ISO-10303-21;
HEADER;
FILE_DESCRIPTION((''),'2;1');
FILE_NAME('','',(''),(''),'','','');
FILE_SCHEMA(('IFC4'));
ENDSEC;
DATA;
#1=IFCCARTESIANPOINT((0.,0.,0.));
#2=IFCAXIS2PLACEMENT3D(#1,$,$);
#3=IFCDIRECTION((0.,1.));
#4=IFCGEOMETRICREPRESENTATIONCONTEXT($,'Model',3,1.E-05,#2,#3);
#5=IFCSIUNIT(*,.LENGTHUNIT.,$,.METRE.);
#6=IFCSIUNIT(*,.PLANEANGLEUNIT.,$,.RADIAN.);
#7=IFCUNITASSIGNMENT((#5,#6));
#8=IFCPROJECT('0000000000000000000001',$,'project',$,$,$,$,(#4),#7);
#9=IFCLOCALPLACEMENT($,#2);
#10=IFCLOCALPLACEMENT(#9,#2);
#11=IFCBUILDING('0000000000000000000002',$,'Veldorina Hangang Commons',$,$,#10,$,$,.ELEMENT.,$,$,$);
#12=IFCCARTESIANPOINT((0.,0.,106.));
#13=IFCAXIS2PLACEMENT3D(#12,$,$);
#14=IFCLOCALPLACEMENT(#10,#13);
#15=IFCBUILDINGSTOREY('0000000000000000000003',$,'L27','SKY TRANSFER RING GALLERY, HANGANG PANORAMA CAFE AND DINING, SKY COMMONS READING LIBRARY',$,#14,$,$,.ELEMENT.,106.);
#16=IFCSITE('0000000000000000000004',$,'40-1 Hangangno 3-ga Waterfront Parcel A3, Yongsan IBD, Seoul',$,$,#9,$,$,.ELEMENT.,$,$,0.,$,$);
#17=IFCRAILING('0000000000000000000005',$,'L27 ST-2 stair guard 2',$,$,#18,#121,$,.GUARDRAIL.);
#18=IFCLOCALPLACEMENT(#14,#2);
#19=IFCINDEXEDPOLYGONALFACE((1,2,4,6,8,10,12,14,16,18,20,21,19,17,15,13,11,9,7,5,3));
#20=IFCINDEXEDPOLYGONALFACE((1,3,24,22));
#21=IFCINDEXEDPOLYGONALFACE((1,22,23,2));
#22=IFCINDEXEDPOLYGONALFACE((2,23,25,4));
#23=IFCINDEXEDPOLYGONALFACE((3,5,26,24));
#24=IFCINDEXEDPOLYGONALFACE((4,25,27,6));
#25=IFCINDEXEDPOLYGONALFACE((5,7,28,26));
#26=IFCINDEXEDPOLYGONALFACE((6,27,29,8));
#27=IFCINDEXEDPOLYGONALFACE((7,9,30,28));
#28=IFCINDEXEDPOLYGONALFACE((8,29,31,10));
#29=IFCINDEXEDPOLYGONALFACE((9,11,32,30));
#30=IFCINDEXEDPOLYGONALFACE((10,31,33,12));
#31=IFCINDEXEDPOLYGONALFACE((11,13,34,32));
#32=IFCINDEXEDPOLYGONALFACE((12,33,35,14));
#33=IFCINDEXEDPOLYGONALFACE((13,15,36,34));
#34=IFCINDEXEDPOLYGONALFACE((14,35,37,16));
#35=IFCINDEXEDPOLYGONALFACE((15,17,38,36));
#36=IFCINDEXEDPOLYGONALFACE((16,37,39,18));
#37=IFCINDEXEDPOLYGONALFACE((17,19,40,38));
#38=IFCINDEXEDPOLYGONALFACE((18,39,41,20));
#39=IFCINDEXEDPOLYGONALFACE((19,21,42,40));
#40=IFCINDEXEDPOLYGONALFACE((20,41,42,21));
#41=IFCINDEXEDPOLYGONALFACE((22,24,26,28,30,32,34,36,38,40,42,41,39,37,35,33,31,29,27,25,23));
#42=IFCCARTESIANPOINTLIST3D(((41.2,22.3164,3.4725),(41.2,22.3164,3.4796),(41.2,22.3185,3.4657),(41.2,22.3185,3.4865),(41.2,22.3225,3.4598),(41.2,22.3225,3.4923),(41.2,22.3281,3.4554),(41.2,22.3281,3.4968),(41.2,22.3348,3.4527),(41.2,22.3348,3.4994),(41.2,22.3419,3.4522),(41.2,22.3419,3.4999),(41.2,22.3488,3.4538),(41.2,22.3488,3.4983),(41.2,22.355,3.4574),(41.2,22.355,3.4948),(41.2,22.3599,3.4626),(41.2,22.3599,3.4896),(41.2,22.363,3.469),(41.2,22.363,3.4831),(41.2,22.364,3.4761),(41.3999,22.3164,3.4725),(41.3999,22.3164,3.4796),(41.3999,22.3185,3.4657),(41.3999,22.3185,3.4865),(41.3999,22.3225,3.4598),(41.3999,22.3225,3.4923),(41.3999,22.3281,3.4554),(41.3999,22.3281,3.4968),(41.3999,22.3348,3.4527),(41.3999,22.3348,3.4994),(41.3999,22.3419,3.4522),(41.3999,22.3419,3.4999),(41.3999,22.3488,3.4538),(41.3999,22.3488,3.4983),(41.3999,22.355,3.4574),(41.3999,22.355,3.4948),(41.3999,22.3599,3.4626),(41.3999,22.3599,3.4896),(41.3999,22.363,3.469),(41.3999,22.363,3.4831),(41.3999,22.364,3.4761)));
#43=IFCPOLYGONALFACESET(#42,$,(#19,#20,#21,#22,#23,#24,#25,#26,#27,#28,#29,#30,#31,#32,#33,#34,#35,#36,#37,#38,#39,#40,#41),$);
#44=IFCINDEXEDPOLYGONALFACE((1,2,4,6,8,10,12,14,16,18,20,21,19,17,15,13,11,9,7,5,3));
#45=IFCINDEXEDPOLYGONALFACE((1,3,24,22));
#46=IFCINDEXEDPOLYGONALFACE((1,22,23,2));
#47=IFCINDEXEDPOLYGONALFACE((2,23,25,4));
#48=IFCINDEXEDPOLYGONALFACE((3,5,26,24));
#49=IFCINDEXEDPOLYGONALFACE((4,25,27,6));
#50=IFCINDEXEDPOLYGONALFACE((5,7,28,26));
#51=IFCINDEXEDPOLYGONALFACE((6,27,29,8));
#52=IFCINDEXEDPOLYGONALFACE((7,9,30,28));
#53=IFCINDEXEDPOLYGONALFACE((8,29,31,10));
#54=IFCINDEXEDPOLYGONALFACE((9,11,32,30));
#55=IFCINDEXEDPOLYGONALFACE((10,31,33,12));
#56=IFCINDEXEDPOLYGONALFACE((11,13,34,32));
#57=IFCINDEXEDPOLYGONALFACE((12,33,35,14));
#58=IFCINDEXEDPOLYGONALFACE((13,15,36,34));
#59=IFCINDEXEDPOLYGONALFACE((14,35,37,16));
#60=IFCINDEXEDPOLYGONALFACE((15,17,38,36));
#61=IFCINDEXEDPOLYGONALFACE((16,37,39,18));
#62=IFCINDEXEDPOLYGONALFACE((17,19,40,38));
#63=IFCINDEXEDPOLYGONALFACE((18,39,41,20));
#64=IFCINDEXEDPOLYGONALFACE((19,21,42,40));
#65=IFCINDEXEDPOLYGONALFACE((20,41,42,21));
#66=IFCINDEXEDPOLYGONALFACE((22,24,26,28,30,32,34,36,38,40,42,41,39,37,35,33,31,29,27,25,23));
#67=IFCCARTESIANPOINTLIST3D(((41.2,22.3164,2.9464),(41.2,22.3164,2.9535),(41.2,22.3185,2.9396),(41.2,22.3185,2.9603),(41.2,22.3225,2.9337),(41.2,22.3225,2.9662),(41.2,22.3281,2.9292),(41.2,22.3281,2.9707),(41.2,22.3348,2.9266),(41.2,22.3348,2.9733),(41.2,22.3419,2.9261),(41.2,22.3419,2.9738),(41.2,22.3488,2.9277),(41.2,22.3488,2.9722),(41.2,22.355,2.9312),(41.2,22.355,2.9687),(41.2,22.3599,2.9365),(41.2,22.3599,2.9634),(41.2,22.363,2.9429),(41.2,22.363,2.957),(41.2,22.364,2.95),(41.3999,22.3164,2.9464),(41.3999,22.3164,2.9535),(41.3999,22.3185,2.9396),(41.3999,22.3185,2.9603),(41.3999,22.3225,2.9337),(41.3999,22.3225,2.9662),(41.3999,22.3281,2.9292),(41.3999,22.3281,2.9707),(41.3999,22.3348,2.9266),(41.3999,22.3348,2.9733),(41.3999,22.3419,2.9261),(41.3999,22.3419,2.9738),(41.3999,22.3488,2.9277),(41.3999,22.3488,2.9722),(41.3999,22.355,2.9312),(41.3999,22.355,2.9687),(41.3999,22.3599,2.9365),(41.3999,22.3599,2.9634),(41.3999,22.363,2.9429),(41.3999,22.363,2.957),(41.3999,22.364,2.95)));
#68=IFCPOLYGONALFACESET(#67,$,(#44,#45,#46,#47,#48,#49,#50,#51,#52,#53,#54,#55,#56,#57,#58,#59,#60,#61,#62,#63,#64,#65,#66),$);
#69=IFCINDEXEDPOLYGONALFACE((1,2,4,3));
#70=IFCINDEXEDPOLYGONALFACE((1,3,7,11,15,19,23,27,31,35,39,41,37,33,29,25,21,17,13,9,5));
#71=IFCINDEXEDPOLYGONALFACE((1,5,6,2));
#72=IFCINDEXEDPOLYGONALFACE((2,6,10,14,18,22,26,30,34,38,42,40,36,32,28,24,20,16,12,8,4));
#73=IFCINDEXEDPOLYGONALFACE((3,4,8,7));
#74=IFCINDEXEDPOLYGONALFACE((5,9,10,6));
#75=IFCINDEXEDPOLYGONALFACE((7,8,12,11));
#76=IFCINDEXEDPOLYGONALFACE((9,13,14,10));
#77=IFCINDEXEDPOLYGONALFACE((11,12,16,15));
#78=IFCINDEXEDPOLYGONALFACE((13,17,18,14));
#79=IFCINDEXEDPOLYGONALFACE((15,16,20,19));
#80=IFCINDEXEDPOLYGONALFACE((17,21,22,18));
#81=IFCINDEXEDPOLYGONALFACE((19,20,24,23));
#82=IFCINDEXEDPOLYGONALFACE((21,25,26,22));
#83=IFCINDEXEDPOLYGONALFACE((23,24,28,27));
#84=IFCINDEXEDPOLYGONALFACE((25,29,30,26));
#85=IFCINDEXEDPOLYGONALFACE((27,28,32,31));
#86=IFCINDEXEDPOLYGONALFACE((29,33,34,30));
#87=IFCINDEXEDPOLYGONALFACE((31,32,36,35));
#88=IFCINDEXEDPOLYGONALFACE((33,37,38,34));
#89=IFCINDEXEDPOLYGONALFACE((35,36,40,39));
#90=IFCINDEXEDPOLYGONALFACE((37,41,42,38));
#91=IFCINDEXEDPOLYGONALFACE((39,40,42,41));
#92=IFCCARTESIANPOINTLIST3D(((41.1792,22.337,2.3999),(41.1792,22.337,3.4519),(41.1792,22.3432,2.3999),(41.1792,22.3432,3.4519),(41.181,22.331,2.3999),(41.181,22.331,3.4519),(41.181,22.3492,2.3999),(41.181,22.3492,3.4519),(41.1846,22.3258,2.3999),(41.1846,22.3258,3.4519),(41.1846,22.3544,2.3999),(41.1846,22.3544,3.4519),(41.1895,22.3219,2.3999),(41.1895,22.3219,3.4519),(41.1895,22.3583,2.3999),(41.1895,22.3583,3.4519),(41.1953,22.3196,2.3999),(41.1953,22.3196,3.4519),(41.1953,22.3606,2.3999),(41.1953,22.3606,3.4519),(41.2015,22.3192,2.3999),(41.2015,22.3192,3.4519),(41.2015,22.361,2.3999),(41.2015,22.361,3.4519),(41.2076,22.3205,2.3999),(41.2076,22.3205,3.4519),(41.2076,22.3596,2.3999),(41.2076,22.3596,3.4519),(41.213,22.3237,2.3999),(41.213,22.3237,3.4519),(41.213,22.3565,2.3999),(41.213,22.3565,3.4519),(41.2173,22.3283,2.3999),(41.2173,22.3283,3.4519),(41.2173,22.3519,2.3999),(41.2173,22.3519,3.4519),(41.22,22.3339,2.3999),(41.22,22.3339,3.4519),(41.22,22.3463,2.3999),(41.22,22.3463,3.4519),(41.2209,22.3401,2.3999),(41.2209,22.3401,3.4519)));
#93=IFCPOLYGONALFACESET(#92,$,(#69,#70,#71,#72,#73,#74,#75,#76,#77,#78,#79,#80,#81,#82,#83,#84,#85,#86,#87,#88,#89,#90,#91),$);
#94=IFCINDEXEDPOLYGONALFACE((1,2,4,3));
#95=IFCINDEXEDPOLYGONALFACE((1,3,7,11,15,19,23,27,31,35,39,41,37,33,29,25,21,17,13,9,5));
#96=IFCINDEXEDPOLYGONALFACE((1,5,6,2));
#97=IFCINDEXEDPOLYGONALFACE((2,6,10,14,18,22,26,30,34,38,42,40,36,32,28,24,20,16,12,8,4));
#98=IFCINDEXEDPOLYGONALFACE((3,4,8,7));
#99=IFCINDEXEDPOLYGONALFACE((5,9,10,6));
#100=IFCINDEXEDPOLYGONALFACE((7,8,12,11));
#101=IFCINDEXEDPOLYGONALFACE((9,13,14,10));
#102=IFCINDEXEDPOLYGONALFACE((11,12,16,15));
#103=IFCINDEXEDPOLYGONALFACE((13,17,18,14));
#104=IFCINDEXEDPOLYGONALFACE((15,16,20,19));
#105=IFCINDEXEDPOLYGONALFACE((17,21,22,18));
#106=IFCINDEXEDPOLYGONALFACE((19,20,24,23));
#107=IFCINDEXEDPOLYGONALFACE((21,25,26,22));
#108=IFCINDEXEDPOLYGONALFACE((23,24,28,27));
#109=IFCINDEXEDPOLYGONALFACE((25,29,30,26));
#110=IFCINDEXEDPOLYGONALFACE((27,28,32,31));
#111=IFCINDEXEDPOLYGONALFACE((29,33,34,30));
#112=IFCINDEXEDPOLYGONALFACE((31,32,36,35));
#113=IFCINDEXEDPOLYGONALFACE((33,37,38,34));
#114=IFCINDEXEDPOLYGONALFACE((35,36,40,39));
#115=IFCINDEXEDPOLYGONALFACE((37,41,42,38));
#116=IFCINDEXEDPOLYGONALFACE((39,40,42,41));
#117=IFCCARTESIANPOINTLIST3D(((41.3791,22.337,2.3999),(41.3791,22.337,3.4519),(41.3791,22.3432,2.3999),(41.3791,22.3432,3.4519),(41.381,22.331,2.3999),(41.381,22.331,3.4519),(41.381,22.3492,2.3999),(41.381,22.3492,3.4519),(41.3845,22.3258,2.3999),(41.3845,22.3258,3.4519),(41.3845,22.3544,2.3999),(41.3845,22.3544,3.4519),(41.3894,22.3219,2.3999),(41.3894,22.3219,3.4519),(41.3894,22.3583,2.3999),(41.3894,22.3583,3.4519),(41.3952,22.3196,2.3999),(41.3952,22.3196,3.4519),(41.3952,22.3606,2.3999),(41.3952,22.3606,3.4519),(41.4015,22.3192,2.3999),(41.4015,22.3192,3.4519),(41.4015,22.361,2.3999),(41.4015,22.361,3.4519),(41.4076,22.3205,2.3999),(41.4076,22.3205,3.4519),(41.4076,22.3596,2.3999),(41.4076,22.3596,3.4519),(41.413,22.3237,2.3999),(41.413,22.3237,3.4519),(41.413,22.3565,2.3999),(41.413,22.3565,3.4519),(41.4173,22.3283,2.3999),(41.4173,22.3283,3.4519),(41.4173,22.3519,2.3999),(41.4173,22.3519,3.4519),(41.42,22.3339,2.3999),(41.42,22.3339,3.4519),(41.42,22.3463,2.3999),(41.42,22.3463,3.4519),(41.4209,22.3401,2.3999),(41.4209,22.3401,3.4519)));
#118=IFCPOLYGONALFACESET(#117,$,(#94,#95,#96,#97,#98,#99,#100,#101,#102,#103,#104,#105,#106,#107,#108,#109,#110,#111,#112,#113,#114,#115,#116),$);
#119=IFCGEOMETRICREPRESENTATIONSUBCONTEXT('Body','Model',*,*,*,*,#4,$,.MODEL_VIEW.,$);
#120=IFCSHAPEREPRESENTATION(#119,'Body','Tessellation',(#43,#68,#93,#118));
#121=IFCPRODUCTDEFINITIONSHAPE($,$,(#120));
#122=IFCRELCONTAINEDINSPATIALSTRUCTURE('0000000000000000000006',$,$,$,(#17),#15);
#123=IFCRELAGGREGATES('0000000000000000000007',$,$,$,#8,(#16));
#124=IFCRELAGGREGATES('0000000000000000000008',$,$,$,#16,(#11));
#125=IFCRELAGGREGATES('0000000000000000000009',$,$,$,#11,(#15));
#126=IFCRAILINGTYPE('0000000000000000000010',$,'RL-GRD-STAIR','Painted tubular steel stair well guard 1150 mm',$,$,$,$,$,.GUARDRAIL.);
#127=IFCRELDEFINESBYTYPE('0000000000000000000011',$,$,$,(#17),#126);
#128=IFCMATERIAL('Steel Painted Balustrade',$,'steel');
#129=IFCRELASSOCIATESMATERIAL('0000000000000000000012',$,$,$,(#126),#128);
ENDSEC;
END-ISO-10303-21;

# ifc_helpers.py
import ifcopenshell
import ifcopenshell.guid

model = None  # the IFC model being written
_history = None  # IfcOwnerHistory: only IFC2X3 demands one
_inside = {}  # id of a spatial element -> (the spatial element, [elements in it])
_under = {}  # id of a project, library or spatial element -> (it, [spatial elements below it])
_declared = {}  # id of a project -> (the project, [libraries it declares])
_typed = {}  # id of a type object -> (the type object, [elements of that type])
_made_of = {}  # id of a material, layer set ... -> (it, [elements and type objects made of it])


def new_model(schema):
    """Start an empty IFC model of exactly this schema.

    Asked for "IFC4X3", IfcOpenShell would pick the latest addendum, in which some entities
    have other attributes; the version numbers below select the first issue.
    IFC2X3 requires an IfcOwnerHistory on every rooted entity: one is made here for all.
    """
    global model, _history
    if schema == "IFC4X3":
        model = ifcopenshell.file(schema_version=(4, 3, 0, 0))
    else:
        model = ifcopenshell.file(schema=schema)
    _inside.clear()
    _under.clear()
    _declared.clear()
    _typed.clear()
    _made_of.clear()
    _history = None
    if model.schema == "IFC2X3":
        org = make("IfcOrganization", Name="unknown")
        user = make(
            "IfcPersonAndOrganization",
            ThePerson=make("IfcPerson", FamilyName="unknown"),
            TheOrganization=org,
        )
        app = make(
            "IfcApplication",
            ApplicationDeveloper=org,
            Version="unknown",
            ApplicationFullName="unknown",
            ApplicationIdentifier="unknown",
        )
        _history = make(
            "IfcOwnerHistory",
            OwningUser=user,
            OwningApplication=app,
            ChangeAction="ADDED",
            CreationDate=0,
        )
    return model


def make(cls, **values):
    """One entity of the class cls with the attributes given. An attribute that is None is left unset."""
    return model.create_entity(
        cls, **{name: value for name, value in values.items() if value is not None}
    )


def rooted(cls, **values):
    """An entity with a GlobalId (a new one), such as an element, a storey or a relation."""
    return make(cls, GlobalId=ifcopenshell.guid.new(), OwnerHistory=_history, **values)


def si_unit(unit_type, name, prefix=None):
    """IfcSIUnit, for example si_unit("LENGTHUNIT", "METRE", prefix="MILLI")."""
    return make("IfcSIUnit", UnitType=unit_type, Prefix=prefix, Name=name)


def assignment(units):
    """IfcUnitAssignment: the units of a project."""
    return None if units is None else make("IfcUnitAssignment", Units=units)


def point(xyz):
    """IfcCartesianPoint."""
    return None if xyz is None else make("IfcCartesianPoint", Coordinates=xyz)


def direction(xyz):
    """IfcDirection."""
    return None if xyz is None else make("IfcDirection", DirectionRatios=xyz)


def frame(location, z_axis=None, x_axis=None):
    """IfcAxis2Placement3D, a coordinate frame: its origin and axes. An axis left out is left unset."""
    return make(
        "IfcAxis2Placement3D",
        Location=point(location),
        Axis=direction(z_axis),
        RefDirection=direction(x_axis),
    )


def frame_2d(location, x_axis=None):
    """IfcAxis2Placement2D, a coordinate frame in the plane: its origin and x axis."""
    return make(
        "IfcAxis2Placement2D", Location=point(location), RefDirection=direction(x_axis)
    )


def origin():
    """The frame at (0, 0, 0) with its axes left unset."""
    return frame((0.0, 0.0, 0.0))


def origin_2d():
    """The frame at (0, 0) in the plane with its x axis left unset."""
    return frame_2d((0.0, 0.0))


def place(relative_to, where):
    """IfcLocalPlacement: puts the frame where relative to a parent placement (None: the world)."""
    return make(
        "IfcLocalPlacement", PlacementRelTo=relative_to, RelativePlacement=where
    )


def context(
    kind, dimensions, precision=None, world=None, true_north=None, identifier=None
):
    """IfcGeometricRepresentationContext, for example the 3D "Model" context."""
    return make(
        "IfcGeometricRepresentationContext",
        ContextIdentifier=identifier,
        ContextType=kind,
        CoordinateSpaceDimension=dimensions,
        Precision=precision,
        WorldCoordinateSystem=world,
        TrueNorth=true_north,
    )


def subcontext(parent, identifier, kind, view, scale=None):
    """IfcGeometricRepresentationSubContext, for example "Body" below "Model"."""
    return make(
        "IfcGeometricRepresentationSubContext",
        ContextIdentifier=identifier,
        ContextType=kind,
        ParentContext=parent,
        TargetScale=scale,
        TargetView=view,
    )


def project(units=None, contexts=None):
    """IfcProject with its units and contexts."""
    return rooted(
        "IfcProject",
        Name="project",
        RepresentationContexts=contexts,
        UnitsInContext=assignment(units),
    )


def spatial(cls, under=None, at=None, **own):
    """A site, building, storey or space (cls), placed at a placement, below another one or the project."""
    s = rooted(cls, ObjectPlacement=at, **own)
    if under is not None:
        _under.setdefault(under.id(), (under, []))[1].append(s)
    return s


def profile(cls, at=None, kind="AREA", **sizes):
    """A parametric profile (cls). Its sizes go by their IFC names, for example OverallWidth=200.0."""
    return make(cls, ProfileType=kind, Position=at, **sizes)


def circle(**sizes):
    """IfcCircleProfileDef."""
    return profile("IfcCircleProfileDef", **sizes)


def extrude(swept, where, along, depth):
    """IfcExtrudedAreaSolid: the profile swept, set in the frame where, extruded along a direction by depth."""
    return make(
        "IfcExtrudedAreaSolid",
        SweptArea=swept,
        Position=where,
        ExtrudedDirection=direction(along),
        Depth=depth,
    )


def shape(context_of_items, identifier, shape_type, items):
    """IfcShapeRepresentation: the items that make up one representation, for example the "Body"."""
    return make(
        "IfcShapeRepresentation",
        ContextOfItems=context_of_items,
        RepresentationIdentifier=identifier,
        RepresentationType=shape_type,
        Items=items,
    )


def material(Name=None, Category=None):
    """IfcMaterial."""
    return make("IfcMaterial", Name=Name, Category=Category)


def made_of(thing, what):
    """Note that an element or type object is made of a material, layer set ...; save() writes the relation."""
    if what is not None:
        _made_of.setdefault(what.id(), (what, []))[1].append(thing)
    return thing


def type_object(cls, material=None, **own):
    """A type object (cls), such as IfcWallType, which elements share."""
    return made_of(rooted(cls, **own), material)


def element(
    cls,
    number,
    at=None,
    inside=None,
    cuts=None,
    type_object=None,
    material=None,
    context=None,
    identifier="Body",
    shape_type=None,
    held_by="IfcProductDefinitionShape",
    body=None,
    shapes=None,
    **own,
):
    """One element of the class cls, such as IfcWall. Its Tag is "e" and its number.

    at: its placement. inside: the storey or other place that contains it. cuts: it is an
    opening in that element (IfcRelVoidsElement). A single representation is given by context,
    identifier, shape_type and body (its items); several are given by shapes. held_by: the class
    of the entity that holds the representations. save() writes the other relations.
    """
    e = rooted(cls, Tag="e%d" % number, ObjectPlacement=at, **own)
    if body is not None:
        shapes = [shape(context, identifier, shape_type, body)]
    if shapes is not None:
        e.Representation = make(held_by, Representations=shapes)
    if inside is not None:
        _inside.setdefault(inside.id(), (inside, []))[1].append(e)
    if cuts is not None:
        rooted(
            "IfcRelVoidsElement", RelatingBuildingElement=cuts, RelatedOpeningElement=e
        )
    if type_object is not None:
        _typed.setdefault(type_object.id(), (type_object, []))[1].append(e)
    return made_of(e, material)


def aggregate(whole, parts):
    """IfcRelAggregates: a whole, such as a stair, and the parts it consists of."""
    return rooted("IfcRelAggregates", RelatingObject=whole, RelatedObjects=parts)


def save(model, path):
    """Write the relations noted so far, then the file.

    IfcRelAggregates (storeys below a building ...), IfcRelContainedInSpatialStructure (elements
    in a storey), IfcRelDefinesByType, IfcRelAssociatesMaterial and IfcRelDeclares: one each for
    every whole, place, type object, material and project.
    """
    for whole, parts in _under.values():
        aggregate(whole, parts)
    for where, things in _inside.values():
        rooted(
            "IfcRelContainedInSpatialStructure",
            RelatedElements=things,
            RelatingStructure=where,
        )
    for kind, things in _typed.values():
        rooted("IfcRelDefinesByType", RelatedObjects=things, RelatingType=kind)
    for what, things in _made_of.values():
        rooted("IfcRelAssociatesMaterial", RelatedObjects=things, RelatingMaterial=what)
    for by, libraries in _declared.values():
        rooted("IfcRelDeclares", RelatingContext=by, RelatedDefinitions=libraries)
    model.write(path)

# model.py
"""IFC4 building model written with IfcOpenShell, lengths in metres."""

from ifc_helpers import new_model, si_unit, direction, frame, origin, origin_2d, place, context, subcontext, project, spatial, circle, extrude, material, type_object, element, save


model = new_model("IFC4")

# Units and contexts
model_context = context("Model", 3, precision=1e-05, world=origin(), true_north=direction((0.0, 1.0)))
body_context = subcontext(model_context, "Body", "Model", "MODEL_VIEW")
ifc_project = project(units=[si_unit("LENGTHUNIT", "METRE"), si_unit("PLANEANGLEUNIT", "RADIAN")], contexts=[model_context])

# Site, building, storey
site_placement = place(None, origin())
site = spatial("IfcSite", under=ifc_project, at=site_placement, Name="40-1 Hangangno 3-ga Waterfront Parcel A3, Yongsan IBD, Seoul", CompositionType="ELEMENT", RefElevation=0.0)
building_placement = place(site_placement, origin())
building = spatial("IfcBuilding", under=site, at=building_placement, Name="Veldorina Hangang Commons", CompositionType="ELEMENT")
storey_placement = place(building_placement, frame((0.0, 0.0, 106.0)))
storey = spatial("IfcBuildingStorey", under=building, at=storey_placement, Name="L27", Description="SKY TRANSFER RING GALLERY, HANGANG PANORAMA CAFE AND DINING, SKY COMMONS READING LIBRARY", CompositionType="ELEMENT", Elevation=106.0)

# Railing
ifc_material_1 = material(Name="Steel Painted Balustrade", Category="steel")
railing_type_1 = type_object("IfcRailingType", Name="RL-GRD-STAIR", Description="Painted tubular steel stair well guard 1150 mm", PredefinedType="GUARDRAIL", material=ifc_material_1)
railing_1_placement = place(storey_placement, frame((41.2, 22.3401, 2.3999)))
element("IfcRailing", 1, at=railing_1_placement, inside=storey, type_object=railing_type_1, Name="L27 ST-2 stair guard 2", PredefinedType="GUARDRAIL", context=body_context, shape_type="SweptSolid", body=[
    extrude(circle(Radius=0.0239, at=origin_2d()), frame((0.0, 0.0, 1.0762), z_axis=(1.0, 0.0, 0.0), x_axis=(0.0, 1.0, 0.0)), (0.0, 0.0, 1.0), 0.2),
    extrude(circle(Radius=0.0239, at=origin_2d()), frame((0.0, 0.0, 0.55), z_axis=(1.0, 0.0, 0.0), x_axis=(0.0, 1.0, 0.0)), (0.0, 0.0, 1.0), 0.2),
    extrude(circle(Radius=0.021, at=origin_2d()), origin(), (0.0, 0.0, 1.0), 1.052),
    extrude(circle(Radius=0.021, at=origin_2d()), frame((0.2, 0.0, 0.0)), (0.0, 0.0, 1.0), 1.052),
])

save(model, "model.ifc")
